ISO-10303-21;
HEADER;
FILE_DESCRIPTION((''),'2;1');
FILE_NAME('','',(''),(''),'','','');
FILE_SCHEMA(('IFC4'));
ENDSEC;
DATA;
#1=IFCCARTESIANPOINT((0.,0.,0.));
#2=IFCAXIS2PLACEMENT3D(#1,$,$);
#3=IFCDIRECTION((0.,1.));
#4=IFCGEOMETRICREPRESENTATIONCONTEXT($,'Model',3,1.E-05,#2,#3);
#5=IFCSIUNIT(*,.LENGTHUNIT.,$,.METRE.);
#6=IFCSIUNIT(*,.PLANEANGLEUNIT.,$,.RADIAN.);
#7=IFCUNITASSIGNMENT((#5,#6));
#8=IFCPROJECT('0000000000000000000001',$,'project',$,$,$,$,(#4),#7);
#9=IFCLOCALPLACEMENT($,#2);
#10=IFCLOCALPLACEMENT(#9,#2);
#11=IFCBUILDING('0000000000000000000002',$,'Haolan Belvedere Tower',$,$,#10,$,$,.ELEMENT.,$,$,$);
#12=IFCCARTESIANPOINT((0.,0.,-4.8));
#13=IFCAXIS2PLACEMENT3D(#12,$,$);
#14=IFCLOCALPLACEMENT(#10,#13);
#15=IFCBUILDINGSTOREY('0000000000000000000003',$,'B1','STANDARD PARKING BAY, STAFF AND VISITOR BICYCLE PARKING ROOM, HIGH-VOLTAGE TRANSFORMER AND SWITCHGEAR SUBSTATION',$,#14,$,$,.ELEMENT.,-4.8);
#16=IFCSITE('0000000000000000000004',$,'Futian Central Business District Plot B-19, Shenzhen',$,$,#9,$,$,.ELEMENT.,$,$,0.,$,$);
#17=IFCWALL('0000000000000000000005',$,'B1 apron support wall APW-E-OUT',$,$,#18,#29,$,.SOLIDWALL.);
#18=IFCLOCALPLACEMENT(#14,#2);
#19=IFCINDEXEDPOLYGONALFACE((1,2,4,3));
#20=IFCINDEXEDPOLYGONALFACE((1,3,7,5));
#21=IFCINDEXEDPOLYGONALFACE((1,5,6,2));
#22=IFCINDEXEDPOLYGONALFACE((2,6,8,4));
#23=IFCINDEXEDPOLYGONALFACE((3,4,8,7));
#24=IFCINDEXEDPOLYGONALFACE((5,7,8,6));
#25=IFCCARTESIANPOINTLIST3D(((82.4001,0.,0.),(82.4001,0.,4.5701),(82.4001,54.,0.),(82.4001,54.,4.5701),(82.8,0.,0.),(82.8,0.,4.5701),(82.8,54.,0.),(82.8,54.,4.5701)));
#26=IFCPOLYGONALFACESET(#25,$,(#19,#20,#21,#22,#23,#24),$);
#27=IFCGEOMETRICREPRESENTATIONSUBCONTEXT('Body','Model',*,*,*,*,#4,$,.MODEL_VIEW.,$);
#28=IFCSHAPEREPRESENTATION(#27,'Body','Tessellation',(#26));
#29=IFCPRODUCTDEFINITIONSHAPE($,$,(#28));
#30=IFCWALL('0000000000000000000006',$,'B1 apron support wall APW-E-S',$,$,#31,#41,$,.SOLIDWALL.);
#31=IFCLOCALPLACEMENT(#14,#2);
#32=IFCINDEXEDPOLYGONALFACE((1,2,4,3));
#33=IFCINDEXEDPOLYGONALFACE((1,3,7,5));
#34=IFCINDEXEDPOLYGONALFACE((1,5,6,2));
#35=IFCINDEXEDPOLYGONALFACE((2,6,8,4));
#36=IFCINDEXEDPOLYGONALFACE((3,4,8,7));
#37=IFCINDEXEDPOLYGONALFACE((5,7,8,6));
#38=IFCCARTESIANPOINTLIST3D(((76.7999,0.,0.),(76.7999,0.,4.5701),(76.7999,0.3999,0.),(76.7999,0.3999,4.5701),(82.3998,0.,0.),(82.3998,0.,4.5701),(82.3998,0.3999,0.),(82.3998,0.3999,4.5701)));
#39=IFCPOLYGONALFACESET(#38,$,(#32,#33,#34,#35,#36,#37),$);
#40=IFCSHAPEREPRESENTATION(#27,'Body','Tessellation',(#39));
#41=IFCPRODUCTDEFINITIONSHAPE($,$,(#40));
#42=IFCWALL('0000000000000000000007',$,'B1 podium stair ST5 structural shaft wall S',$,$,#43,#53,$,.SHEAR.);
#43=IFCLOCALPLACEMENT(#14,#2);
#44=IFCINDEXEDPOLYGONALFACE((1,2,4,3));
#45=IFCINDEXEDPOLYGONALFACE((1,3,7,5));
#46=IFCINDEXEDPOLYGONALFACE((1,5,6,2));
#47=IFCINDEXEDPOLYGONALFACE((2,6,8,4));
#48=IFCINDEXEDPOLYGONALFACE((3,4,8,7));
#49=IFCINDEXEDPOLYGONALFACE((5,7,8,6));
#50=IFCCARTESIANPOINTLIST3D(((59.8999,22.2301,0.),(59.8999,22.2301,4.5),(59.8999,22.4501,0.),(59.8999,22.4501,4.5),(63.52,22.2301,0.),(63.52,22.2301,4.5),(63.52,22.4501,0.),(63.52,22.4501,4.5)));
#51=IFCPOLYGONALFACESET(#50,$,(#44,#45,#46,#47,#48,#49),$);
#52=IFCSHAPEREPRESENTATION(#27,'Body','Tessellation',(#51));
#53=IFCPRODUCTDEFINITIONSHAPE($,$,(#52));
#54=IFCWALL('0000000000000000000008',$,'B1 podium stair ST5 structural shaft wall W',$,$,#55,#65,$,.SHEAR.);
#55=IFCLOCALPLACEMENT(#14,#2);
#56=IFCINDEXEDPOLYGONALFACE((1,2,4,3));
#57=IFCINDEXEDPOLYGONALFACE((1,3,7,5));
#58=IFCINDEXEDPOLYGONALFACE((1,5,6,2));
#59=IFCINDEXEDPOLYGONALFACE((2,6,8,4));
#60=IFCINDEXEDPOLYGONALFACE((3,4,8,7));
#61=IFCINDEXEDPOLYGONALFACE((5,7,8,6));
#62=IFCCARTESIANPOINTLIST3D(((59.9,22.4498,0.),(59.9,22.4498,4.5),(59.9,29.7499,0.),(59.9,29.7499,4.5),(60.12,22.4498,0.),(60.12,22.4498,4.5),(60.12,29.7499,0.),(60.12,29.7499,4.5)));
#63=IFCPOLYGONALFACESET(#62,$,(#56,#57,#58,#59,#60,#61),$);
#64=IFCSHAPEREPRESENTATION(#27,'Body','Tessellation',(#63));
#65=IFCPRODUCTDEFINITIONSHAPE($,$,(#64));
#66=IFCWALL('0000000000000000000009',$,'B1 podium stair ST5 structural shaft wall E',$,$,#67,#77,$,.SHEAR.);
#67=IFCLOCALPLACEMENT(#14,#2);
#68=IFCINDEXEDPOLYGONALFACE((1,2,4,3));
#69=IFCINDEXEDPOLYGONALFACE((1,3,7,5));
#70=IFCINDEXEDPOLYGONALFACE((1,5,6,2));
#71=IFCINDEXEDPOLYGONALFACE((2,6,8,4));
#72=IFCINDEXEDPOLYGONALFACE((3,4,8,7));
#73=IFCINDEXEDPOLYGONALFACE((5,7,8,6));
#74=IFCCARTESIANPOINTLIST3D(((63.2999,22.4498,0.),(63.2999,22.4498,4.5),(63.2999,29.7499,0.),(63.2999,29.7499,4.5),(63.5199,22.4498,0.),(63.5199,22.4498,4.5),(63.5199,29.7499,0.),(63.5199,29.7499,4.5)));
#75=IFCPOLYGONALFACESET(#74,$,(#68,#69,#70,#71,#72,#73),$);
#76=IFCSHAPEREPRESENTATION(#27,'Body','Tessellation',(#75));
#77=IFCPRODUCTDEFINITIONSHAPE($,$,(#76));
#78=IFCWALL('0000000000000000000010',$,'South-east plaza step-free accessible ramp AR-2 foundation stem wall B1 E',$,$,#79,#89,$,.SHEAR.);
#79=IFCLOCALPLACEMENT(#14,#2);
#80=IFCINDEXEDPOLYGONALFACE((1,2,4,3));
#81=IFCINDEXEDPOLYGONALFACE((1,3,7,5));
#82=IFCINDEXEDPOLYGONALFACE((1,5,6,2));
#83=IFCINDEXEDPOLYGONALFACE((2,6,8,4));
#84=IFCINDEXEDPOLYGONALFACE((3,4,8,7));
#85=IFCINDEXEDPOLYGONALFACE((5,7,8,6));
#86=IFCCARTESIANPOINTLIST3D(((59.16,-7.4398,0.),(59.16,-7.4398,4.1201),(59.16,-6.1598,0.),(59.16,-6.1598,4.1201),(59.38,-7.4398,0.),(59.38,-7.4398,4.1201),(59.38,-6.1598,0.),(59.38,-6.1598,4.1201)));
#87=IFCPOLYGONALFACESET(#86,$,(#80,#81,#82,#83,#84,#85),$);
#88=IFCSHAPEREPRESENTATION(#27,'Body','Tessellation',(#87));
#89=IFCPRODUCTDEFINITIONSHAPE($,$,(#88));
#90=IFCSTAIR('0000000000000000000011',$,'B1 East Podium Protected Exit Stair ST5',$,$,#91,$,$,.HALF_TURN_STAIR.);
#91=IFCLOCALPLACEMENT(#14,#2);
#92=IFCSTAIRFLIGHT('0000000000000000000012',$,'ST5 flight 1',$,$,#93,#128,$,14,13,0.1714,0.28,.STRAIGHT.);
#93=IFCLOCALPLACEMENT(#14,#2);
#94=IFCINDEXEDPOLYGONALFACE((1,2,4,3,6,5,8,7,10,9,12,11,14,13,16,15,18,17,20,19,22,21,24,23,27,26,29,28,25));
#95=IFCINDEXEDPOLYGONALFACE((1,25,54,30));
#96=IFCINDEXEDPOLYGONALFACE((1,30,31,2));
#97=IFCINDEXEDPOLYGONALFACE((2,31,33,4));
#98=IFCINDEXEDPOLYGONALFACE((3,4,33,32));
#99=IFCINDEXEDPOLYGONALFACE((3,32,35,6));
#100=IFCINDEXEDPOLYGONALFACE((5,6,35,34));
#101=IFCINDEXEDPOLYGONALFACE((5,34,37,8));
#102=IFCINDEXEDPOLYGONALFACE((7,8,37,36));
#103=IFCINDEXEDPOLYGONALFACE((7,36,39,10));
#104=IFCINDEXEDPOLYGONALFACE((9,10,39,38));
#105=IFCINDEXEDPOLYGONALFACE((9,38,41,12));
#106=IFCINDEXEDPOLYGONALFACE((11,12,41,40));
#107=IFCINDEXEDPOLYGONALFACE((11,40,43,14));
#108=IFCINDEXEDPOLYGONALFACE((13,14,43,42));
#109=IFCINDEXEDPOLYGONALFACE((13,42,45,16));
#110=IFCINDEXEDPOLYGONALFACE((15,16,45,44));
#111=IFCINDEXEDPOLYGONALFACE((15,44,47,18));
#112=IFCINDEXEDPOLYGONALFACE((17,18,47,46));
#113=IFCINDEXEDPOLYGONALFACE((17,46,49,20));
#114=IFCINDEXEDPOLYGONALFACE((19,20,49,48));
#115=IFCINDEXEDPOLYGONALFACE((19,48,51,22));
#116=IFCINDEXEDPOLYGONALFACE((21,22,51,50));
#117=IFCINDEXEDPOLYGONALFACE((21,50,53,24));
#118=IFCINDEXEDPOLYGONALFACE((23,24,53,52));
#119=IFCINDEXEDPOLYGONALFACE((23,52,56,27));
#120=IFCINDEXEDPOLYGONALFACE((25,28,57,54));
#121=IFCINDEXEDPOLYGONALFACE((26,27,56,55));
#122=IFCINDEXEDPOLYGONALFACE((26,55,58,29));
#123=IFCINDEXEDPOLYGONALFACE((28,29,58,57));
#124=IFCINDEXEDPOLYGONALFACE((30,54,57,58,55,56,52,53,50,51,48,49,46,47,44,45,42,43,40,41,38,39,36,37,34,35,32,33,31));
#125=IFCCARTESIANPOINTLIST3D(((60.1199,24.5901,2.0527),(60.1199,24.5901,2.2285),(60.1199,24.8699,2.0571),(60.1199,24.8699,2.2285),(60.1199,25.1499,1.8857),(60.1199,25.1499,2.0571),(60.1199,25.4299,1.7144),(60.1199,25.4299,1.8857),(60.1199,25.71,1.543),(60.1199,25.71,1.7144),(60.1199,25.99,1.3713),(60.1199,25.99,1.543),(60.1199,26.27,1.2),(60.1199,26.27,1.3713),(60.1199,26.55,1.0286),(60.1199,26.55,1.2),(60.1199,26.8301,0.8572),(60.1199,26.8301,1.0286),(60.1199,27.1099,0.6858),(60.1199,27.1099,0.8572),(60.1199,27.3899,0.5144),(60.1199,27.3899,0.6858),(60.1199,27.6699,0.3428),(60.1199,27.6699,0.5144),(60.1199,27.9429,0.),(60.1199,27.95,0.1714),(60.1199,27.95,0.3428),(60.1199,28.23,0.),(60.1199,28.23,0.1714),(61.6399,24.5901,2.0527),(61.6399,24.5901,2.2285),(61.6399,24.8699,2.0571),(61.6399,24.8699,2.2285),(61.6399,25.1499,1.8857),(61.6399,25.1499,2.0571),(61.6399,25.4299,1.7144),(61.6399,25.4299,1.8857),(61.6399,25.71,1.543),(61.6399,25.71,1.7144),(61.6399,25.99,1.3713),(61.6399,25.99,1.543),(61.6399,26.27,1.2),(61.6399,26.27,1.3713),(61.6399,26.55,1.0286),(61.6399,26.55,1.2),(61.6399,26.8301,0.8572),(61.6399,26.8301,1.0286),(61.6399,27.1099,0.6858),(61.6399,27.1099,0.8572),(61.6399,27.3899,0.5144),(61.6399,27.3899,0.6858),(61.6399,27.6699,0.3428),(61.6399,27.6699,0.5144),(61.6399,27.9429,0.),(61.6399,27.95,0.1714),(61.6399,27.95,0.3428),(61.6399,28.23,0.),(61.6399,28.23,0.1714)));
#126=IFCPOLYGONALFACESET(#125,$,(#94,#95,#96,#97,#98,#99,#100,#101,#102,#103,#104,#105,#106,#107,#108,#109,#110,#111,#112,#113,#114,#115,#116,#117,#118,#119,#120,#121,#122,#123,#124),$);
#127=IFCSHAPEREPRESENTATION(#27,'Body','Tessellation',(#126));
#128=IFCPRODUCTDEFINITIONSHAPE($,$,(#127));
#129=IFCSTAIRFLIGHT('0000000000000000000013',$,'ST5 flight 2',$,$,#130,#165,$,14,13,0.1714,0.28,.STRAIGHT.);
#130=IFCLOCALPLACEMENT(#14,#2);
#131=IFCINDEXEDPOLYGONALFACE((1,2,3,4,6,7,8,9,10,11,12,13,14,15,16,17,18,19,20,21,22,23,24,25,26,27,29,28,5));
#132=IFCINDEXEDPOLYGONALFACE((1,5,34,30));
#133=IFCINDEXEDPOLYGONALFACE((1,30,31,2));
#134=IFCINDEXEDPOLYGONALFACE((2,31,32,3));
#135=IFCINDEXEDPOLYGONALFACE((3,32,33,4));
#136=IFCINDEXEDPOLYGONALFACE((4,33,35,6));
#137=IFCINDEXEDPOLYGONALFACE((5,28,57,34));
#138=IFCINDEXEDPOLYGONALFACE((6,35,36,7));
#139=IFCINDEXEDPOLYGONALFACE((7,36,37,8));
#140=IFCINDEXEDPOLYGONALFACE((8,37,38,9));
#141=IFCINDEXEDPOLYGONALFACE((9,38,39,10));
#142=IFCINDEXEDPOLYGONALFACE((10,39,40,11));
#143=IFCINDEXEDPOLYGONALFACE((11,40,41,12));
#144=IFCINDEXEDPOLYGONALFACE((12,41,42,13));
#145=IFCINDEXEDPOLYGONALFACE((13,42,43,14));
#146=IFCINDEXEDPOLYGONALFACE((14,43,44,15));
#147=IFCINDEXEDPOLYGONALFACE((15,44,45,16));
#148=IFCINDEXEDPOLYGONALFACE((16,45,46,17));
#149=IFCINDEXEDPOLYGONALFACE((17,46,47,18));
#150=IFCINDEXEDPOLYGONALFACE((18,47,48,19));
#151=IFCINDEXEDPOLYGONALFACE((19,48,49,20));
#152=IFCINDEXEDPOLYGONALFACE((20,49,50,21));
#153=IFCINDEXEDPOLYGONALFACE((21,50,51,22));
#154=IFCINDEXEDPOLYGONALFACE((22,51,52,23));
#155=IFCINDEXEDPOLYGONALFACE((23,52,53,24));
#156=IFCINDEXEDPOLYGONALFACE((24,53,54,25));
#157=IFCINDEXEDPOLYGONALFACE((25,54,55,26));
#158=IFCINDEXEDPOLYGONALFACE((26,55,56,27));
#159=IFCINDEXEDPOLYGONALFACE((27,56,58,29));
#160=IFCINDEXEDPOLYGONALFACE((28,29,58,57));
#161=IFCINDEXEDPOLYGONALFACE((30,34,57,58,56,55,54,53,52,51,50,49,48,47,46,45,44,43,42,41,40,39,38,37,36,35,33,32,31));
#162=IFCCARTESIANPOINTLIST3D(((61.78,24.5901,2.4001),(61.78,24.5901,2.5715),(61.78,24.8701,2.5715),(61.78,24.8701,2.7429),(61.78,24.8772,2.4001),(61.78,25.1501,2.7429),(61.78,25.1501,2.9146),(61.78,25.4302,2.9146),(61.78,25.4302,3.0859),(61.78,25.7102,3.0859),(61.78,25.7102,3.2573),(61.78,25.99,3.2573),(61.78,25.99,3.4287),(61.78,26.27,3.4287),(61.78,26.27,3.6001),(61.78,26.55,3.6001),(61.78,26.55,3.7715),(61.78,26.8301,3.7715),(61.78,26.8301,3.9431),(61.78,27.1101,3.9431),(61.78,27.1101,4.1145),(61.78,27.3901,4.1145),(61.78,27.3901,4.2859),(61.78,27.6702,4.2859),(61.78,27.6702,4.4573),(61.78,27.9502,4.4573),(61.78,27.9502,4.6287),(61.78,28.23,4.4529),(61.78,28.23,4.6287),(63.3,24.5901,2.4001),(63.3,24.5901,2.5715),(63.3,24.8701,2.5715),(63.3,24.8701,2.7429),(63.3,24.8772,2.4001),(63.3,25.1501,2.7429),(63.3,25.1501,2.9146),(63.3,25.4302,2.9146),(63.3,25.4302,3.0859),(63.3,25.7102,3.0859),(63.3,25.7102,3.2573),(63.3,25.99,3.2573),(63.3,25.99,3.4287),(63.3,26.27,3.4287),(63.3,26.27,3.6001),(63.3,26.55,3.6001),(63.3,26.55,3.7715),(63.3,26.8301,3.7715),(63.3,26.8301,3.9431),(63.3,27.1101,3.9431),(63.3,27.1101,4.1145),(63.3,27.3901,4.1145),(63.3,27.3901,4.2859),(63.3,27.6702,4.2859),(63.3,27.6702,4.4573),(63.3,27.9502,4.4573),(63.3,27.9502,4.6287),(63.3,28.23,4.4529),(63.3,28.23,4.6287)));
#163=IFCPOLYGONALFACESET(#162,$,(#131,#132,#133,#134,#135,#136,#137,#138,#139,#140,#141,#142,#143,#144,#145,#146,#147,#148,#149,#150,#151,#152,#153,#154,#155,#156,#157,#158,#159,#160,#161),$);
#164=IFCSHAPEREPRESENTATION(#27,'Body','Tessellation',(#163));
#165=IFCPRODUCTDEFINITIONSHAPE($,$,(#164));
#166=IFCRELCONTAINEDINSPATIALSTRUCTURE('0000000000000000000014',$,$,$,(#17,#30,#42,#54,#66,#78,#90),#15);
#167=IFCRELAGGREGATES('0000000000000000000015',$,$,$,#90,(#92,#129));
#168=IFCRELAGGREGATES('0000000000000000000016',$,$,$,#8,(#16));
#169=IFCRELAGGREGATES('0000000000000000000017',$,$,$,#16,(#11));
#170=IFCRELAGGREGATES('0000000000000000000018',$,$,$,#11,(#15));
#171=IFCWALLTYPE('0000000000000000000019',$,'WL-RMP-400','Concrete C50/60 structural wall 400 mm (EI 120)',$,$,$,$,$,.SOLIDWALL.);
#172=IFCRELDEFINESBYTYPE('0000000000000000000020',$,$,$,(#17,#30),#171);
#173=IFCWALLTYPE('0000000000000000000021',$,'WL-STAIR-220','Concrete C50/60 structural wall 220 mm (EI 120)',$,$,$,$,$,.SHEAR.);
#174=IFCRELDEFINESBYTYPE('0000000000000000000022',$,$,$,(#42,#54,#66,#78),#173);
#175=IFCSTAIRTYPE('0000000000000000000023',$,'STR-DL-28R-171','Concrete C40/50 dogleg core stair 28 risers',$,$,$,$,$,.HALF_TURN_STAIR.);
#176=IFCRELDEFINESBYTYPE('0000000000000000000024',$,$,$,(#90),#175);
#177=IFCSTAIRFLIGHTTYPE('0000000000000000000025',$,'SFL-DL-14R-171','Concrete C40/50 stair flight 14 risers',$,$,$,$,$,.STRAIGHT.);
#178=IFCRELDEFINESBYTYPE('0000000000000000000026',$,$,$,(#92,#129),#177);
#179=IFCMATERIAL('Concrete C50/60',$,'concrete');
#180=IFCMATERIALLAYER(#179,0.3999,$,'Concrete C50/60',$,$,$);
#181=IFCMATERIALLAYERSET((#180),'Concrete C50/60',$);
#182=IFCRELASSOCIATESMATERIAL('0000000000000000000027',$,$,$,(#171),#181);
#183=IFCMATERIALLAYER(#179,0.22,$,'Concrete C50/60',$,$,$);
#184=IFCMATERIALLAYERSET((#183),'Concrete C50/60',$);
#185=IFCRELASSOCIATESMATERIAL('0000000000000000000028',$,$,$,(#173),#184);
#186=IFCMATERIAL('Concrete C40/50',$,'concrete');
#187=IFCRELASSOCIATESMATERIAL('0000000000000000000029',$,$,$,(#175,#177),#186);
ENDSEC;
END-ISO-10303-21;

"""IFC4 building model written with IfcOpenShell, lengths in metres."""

from ifc_helpers import new_model, si_unit, direction, frame, frame_2d, origin, place, context, subcontext, project, spatial, polyline, rectangle, outline, extrude, material, layer, layer_set, type_object, element, aggregate, save


model = new_model("IFC4")

# Units and contexts
model_context = context("Model", 3, precision=1e-05, world=origin(), true_north=direction((0.0, 1.0)))
body_context = subcontext(model_context, "Body", "Model", "MODEL_VIEW")
ifc_project = project(units=[si_unit("LENGTHUNIT", "METRE"), si_unit("PLANEANGLEUNIT", "RADIAN")], contexts=[model_context])

# Site, building, storey
site_placement = place(None, origin())
site = spatial("IfcSite", under=ifc_project, at=site_placement, Name="Futian Central Business District Plot B-19, Shenzhen", CompositionType="ELEMENT", RefElevation=0.0)
building_placement = place(site_placement, origin())
building = spatial("IfcBuilding", under=site, at=building_placement, Name="Haolan Belvedere Tower", CompositionType="ELEMENT")
storey_placement = place(building_placement, frame((0.0, 0.0, -4.8)))
storey = spatial("IfcBuildingStorey", under=building, at=storey_placement, Name="B1", Description="STANDARD PARKING BAY, STAFF AND VISITOR BICYCLE PARKING ROOM, HIGH-VOLTAGE TRANSFORMER AND SWITCHGEAR SUBSTATION", CompositionType="ELEMENT", Elevation=-4.8)

# Shared definitions
ifc_material_1 = material(Name="Concrete C50/60", Category="concrete")

# Shared definitions
ifc_material_2 = material(Name="Concrete C40/50", Category="concrete")

# Walls
ifc_layer_1 = layer(ifc_material_1, 0.3999, Name="Concrete C50/60")
ifc_layer_set_1 = layer_set([ifc_layer_1], Name="Concrete C50/60")
wall_type_1 = type_object("IfcWallType", Name="WL-RMP-400", Description="Concrete C50/60 structural wall 400 mm (EI 120)", PredefinedType="SOLIDWALL", material=ifc_layer_set_1)
wall_1_placement = place(storey_placement, frame((82.6001, 0.0, 0.0), z_axis=(0.0, 0.0, 1.0), x_axis=(0.0, 1.0, 0.0)))
element("IfcWall", 1, at=wall_1_placement, inside=storey, type_object=wall_type_1, Name="B1 apron support wall APW-E-OUT", PredefinedType="SOLIDWALL", context=body_context, shape_type="SweptSolid", body=[
    extrude(rectangle(XDim=54.0, YDim=0.3999, at=frame_2d((27.0, 0.0))), origin(), (0.0, 0.0, 1.0), 4.5701),
])
wall_2_placement = place(storey_placement, frame((76.8, 0.2, 0.0), z_axis=(0.0, 0.0, 1.0), x_axis=(1.0, 0.0, 0.0)))
element("IfcWall", 2, at=wall_2_placement, inside=storey, type_object=wall_type_1, Name="B1 apron support wall APW-E-S", PredefinedType="SOLIDWALL", context=body_context, shape_type="SweptSolid", body=[
    extrude(rectangle(XDim=5.5999, YDim=0.3999, at=frame_2d((2.7998, 0.0))), origin(), (0.0, 0.0, 1.0), 4.5701),
])
ifc_layer_2 = layer(ifc_material_1, 0.22, Name="Concrete C50/60")
ifc_layer_set_2 = layer_set([ifc_layer_2], Name="Concrete C50/60")
wall_type_2 = type_object("IfcWallType", Name="WL-STAIR-220", Description="Concrete C50/60 structural wall 220 mm (EI 120)", PredefinedType="SHEAR", material=ifc_layer_set_2)
wall_3_placement = place(storey_placement, frame((59.8999, 22.3401, 0.0), z_axis=(0.0, 0.0, 1.0), x_axis=(1.0, 0.0, 0.0)))
element("IfcWall", 3, at=wall_3_placement, inside=storey, type_object=wall_type_2, Name="B1 podium stair ST5 structural shaft wall S", PredefinedType="SHEAR", context=body_context, shape_type="SweptSolid", body=[
    extrude(rectangle(XDim=3.6201, YDim=0.22, at=frame_2d((1.8101, 0.0))), origin(), (0.0, 0.0, 1.0), 4.5),
])
for number, where, z_axis, x_axis, name in (
    (4, (60.01, 22.45, 0.0), (0.0, 0.0, 1.0), (0.0, 1.0, 0.0), "B1 podium stair ST5 structural shaft wall W"),
    (5, (63.4099, 22.45, 0.0), (0.0, 0.0, 1.0), (0.0, 1.0, 0.0), "B1 podium stair ST5 structural shaft wall E"),
):
    element("IfcWall", number, at=place(storey_placement, frame(where, z_axis=z_axis, x_axis=x_axis)), inside=storey, type_object=wall_type_2, Name=name, PredefinedType="SHEAR", context=body_context, shape_type="SweptSolid", body=[
        extrude(rectangle(XDim=7.3, YDim=0.22, at=frame_2d((3.6499, 0.0))), origin(), (0.0, 0.0, 1.0), 4.5),
    ])
wall_4_placement = place(storey_placement, frame((59.27, -7.4399, 0.0), z_axis=(0.0, 0.0, 1.0), x_axis=(0.0, 1.0, 0.0)))
element("IfcWall", 6, at=wall_4_placement, inside=storey, type_object=wall_type_2, Name="South-east plaza step-free accessible ramp AR-2 foundation stem wall B1 E", PredefinedType="SHEAR", context=body_context, shape_type="SweptSolid", body=[
    extrude(rectangle(XDim=1.28, YDim=0.22, at=frame_2d((0.6401, 0.0))), origin(), (0.0, 0.0, 1.0), 4.1201),
])

# Stair, stair flights
stair_type = type_object("IfcStairType", Name="STR-DL-28R-171", Description="Concrete C40/50 dogleg core stair 28 risers", PredefinedType="HALF_TURN_STAIR", material=ifc_material_2)
stair_placement = place(storey_placement, origin())
stair = element("IfcStair", 7, at=stair_placement, inside=storey, type_object=stair_type, Name="B1 East Podium Protected Exit Stair ST5", PredefinedType="HALF_TURN_STAIR")
stair_flight_type = type_object("IfcStairFlightType", Name="SFL-DL-14R-171", Description="Concrete C40/50 stair flight 14 risers", PredefinedType="STRAIGHT", material=ifc_material_2)
stair_flight_1_placement = place(storey_placement, frame((60.8799, 28.23, 0.0), z_axis=(0.0, 0.0, 1.0), x_axis=(0.0, -1.0, 0.0)))
stair_flight_1 = element("IfcStairFlight", 8, at=stair_flight_1_placement, type_object=stair_flight_type, Name="ST5 flight 1", NumberOfRisers=14, NumberOfTreads=13, PredefinedType="STRAIGHT", RiserHeight=0.1714, TreadLength=0.28, context=body_context, shape_type="SweptSolid", body=[
    extrude(outline(polyline([(0.0, 0.0), (0.0, 0.1714), (0.28, 0.1714), (0.28, 0.3428), (0.5601, 0.3428), (0.5601, 0.5144), (0.8401, 0.5144), (0.8401, 0.6858), (1.1201, 0.6858), (1.1201, 0.8572), (1.3999, 0.8572), (1.3999, 1.0286), (1.6799, 1.0286), (1.6799, 1.2), (1.96, 1.2), (1.96, 1.3713), (2.24, 1.3713), (2.24, 1.543), (2.52, 1.543), (2.52, 1.7144), (2.8, 1.7144), (2.8, 1.8857), (3.0801, 1.8857), (3.0801, 2.0571), (3.3601, 2.0571), (3.3601, 2.2285), (3.6399, 2.2285), (3.6399, 2.3999), (3.6399, 2.0527), (0.2871, 0.0), (0.0, 0.0)])), frame((0.0, 0.76, 0.0), z_axis=(0.0, -1.0, 0.0), x_axis=(1.0, 0.0, 0.0)), (0.0, 0.0, 1.0), 1.52),
])
stair_flight_2_placement = place(storey_placement, frame((62.54, 24.5901, 2.4001), z_axis=(0.0, 0.0, 1.0), x_axis=(0.0, 1.0, 0.0)))
stair_flight_2 = element("IfcStairFlight", 9, at=stair_flight_2_placement, type_object=stair_flight_type, Name="ST5 flight 2", NumberOfRisers=14, NumberOfTreads=13, PredefinedType="STRAIGHT", RiserHeight=0.1714, TreadLength=0.28, context=body_context, shape_type="SweptSolid", body=[
    extrude(outline(polyline([(0.0, 0.0), (0.0, 0.1714), (0.28, 0.1714), (0.28, 0.3428), (0.5601, 0.3428), (0.5601, 0.5144), (0.8401, 0.5144), (0.8401, 0.6858), (1.1201, 0.6858), (1.1201, 0.8572), (1.3999, 0.8572), (1.3999, 1.0286), (1.6799, 1.0286), (1.6799, 1.2), (1.96, 1.2), (1.96, 1.3713), (2.24, 1.3713), (2.24, 1.543), (2.52, 1.543), (2.52, 1.7144), (2.8, 1.7144), (2.8, 1.8857), (3.0801, 1.8857), (3.0801, 2.0571), (3.3601, 2.0571), (3.3601, 2.2285), (3.6399, 2.2285), (3.6399, 2.3999), (3.6399, 2.0527), (0.2871, 0.0), (0.0, 0.0)])), frame((0.0, 0.76, 0.0), z_axis=(0.0, -1.0, 0.0), x_axis=(1.0, 0.0, 0.0)), (0.0, 0.0, 1.0), 1.52),
])
aggregate(stair, [stair_flight_1, stair_flight_2])

save(model, "model.ifc")
